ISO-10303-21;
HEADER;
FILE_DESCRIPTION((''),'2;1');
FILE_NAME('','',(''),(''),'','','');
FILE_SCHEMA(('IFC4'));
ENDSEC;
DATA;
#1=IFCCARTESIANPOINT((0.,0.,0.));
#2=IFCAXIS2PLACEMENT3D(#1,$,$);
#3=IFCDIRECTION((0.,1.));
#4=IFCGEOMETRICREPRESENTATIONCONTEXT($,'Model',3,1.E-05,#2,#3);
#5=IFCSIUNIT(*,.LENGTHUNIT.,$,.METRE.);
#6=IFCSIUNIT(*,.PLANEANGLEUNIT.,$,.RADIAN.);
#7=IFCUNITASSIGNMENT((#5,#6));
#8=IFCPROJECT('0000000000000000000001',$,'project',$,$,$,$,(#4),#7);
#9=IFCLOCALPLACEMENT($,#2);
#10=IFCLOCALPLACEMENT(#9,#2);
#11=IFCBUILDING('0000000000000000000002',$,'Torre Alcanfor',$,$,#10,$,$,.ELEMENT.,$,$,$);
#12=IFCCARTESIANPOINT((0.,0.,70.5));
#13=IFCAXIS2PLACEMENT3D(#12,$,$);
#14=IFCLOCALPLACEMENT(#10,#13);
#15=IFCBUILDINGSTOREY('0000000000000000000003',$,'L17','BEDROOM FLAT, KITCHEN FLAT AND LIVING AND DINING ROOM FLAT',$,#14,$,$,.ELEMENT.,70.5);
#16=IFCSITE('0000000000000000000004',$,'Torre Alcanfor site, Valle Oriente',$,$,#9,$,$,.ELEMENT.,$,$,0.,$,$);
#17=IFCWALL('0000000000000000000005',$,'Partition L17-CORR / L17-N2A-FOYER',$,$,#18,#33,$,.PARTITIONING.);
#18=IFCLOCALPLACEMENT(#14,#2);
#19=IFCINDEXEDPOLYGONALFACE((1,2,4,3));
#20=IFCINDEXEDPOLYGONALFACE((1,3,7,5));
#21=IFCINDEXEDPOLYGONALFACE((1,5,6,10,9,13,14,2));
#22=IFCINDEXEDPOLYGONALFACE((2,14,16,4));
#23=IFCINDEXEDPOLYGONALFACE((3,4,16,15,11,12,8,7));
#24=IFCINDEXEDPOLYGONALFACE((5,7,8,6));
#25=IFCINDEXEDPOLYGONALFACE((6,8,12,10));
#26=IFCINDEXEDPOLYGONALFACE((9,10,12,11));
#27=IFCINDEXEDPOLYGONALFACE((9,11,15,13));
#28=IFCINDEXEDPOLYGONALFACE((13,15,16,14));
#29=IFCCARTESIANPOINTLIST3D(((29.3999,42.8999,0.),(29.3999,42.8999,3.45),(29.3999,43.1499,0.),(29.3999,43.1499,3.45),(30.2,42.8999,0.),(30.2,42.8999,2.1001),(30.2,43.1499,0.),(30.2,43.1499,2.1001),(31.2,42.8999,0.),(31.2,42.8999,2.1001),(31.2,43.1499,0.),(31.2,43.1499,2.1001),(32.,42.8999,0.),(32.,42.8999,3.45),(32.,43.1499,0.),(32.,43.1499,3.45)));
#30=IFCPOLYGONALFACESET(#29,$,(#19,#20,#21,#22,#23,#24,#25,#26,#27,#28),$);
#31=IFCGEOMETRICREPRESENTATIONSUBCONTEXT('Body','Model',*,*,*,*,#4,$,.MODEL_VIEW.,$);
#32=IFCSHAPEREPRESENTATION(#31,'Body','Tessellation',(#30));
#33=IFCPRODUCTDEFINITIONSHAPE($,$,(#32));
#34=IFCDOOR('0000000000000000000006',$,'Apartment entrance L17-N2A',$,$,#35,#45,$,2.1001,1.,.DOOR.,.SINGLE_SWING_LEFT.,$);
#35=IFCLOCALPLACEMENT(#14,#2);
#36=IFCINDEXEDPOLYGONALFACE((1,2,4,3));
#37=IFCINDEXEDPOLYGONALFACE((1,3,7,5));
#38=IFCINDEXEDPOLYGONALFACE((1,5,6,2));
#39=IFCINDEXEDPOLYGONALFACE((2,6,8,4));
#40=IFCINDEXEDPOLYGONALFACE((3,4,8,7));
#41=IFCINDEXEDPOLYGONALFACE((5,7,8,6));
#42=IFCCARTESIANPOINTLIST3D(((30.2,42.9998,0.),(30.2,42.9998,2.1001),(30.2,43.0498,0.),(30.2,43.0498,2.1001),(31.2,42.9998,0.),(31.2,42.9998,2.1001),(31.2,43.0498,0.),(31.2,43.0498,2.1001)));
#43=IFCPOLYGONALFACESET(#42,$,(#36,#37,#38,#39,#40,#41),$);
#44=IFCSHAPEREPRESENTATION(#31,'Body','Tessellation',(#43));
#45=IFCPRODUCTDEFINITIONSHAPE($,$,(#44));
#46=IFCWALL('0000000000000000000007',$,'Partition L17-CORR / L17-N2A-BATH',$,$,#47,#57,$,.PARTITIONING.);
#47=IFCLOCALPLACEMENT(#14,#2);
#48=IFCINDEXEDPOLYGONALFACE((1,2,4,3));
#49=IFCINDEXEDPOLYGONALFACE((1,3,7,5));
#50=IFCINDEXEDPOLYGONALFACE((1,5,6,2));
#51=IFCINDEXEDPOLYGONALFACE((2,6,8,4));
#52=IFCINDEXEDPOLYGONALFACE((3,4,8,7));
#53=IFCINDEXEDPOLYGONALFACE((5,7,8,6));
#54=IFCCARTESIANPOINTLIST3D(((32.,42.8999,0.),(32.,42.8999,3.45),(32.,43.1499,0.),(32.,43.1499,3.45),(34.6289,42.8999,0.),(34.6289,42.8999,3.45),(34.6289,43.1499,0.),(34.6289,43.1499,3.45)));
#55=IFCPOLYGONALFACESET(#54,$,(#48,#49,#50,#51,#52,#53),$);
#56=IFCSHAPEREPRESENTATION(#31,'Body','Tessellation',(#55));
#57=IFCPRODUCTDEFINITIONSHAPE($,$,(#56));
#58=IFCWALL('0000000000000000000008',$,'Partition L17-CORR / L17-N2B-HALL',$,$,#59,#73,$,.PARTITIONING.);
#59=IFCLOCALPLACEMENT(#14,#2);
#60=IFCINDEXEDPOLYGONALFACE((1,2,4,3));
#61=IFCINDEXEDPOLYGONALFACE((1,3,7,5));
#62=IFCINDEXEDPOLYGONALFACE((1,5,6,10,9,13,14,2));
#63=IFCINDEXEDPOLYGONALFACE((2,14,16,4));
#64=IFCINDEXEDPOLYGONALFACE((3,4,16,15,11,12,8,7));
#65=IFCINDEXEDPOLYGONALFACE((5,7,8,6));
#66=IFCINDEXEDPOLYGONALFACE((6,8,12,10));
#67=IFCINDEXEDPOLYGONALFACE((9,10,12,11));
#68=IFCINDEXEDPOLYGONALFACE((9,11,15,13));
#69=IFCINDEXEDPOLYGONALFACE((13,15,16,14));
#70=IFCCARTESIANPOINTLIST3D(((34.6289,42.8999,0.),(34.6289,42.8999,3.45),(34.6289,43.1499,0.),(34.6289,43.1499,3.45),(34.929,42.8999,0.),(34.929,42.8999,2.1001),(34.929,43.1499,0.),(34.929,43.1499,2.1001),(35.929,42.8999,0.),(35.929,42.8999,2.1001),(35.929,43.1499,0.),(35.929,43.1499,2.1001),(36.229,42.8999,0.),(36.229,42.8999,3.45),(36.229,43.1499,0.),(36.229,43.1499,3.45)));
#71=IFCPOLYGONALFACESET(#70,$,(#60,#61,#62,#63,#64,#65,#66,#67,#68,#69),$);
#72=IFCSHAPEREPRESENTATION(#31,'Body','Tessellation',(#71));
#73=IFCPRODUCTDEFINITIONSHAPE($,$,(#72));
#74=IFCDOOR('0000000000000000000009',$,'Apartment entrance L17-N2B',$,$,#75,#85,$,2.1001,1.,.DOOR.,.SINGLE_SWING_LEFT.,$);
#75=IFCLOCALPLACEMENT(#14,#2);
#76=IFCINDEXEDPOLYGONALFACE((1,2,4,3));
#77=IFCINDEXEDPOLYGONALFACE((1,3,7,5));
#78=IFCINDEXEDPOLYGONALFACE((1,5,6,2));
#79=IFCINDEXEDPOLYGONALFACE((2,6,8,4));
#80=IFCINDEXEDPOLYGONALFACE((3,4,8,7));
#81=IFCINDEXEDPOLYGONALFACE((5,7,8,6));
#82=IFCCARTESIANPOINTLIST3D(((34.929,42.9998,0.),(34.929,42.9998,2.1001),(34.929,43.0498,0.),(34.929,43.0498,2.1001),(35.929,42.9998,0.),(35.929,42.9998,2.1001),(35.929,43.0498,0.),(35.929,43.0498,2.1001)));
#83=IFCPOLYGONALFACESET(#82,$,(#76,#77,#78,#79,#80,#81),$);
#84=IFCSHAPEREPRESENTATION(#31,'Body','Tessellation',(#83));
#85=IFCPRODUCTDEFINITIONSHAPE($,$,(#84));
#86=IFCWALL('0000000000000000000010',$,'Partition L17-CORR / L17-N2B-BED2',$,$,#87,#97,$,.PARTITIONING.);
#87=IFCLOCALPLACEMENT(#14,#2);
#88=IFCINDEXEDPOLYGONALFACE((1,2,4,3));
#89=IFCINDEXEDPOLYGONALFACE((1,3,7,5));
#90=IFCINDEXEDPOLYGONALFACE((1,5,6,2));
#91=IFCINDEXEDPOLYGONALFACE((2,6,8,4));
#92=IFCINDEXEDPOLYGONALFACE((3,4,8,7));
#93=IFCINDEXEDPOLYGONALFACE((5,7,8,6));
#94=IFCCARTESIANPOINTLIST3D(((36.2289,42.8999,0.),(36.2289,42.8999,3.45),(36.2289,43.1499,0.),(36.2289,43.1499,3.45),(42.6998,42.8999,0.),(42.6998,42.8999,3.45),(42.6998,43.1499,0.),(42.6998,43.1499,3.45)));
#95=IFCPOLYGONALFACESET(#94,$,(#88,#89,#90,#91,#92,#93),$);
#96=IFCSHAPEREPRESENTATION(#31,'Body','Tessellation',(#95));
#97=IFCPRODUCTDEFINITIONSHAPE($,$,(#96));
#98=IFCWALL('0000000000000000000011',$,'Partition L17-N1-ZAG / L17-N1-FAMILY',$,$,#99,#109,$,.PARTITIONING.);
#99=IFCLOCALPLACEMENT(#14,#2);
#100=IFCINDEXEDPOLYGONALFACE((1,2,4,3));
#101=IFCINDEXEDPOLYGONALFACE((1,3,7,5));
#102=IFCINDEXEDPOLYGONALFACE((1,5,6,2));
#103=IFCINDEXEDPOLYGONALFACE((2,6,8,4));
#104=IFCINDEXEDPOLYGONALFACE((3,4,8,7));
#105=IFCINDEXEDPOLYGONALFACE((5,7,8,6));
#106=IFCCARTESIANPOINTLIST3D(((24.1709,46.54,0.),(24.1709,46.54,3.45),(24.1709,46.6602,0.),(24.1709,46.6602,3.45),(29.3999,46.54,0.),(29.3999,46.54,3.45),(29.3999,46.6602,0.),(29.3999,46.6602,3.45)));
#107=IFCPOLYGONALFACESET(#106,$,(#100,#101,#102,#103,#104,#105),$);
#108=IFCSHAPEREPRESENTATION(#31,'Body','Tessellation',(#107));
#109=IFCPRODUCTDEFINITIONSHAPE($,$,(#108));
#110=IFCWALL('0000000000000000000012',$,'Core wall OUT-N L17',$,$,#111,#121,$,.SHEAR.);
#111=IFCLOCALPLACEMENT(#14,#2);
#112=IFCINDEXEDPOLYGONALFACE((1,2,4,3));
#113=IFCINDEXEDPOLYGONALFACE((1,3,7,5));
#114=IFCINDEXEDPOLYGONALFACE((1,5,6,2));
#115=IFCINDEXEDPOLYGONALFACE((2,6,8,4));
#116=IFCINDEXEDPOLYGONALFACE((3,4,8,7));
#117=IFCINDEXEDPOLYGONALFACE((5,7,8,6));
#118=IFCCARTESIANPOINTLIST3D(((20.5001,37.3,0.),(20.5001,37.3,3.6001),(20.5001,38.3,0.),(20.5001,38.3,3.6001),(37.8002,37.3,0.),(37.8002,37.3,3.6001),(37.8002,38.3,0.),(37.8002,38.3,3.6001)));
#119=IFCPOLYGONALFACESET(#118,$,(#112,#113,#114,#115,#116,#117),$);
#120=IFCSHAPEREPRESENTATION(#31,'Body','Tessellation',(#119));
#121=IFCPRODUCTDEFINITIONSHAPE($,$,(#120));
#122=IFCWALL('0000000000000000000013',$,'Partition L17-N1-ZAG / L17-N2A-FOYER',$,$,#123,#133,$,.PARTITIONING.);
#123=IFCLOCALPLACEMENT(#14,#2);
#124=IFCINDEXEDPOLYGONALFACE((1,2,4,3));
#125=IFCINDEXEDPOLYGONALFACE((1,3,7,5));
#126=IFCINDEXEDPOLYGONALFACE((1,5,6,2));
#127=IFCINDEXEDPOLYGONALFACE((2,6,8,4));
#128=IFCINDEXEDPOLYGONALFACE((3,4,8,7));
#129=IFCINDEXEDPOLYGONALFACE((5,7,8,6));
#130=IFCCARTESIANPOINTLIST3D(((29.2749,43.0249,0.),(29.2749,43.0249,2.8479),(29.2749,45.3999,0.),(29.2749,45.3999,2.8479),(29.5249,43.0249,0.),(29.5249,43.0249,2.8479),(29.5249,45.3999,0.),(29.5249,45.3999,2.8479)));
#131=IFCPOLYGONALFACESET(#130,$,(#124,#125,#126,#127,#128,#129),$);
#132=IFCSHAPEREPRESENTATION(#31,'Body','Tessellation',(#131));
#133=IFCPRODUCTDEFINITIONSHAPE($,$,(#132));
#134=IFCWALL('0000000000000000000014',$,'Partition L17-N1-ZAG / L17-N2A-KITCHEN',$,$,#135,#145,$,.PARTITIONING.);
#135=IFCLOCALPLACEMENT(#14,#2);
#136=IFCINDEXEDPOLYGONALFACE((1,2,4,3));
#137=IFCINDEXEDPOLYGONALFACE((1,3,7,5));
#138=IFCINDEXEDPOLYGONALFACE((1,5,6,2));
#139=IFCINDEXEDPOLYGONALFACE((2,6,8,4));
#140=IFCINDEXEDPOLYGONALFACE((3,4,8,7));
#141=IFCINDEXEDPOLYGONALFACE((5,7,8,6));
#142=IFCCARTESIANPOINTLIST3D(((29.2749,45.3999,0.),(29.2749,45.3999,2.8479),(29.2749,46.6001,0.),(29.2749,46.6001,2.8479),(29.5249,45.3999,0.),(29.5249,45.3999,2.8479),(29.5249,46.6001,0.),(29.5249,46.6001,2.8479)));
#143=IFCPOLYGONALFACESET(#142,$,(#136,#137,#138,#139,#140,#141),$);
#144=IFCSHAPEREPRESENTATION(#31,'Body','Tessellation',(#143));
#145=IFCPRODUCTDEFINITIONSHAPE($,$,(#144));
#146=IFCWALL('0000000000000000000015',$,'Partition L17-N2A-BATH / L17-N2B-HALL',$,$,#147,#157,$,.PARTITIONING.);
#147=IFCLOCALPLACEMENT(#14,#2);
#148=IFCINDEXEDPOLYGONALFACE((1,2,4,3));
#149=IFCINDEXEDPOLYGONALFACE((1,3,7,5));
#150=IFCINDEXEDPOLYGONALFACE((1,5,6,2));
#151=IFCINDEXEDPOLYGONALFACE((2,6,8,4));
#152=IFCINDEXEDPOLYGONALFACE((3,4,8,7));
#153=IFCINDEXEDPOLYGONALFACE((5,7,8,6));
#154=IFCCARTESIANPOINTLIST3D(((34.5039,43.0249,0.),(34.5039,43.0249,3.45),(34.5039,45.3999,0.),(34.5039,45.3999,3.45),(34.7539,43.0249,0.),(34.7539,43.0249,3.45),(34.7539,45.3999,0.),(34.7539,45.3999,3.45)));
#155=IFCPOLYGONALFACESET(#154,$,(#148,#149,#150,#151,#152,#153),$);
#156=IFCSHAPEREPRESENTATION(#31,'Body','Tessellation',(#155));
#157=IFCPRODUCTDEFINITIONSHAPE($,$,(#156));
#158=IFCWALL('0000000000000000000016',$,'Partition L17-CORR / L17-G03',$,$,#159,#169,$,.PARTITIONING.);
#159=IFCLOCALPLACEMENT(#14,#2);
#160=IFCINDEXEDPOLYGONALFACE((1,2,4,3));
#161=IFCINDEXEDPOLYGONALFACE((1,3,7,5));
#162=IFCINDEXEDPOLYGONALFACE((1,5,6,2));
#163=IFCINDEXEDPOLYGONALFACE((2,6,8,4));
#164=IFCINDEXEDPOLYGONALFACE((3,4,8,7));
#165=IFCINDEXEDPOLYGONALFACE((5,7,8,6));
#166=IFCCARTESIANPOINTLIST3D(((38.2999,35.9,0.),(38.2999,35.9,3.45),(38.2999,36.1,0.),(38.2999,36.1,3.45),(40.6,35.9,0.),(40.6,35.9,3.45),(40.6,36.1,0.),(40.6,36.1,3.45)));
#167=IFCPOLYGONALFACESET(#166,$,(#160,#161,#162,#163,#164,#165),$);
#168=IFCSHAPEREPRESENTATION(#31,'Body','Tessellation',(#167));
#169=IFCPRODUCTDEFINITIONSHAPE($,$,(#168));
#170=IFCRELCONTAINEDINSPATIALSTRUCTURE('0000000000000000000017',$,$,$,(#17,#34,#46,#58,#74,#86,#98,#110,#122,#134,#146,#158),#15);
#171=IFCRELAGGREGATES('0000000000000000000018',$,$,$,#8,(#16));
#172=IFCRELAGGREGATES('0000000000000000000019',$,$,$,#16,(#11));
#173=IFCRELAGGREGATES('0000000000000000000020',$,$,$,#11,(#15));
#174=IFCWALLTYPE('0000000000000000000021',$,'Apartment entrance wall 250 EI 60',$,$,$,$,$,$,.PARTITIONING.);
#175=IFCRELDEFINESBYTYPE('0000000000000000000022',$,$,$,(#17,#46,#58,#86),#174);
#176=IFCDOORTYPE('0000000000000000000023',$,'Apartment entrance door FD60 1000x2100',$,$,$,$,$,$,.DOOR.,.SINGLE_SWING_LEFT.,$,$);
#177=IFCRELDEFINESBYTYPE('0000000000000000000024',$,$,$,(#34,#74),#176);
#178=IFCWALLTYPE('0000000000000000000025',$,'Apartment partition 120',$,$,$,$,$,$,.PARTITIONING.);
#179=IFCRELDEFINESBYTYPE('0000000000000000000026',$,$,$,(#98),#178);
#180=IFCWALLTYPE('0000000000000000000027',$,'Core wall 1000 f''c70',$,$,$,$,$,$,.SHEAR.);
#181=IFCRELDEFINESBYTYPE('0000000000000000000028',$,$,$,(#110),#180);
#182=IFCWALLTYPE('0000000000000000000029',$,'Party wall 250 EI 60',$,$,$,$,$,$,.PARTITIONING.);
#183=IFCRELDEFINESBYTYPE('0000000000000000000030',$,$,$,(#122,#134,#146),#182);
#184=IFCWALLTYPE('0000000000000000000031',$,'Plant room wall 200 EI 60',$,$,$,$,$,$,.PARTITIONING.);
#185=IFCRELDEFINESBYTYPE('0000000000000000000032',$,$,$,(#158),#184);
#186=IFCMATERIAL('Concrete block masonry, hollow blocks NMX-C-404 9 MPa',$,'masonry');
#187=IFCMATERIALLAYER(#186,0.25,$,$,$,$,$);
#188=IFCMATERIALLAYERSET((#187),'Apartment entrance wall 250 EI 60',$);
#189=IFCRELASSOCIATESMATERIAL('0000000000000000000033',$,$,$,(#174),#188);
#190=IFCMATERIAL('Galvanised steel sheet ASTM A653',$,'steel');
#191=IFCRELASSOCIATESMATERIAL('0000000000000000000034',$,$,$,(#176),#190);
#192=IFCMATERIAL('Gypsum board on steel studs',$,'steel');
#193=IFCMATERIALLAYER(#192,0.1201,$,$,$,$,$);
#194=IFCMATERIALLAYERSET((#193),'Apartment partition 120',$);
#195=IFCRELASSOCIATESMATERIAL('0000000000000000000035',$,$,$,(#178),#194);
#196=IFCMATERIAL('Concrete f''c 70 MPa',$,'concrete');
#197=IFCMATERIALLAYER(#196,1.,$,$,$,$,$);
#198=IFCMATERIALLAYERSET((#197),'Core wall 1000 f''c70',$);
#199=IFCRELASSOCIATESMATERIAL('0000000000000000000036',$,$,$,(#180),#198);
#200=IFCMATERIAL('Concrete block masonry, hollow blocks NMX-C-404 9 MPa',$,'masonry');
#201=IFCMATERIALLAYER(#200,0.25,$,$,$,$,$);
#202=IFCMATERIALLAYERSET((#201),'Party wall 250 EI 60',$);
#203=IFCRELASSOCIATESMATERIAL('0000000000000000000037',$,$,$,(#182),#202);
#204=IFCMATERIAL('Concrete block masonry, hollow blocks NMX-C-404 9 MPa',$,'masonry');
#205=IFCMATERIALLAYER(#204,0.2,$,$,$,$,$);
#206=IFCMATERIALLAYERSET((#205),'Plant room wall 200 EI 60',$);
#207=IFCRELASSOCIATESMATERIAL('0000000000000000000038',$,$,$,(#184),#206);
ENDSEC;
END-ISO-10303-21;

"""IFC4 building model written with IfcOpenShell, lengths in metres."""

from ifc_helpers import new_model, si_unit, direction, frame, frame_2d, origin, place, context, subcontext, project, spatial, rectangle, extrude, material, layer, layer_set, type_object, element, fill, save


model = new_model("IFC4")

# Units and contexts
model_context = context("Model", 3, precision=1e-05, world=origin(), true_north=direction((0.0, 1.0)))
body_context = subcontext(model_context, "Body", "Model", "MODEL_VIEW")
ifc_project = project(units=[si_unit("LENGTHUNIT", "METRE"), si_unit("PLANEANGLEUNIT", "RADIAN")], contexts=[model_context])

# Site, building, storey
site_placement = place(None, origin())
site = spatial("IfcSite", under=ifc_project, at=site_placement, Name="Torre Alcanfor site, Valle Oriente", CompositionType="ELEMENT", RefElevation=0.0)
building_placement = place(site_placement, origin())
building = spatial("IfcBuilding", under=site, at=building_placement, Name="Torre Alcanfor", CompositionType="ELEMENT")
storey_placement = place(building_placement, frame((0.0, 0.0, 70.5)))
storey = spatial("IfcBuildingStorey", under=building, at=storey_placement, Name="L17", Description="BEDROOM FLAT, KITCHEN FLAT AND LIVING AND DINING ROOM FLAT", CompositionType="ELEMENT", Elevation=70.5)

# Wall, opening, door
ifc_material_1 = material(Name="Concrete block masonry, hollow blocks NMX-C-404 9 MPa", Category="masonry")
ifc_layer_1 = layer(ifc_material_1, 0.25)
ifc_layer_set_1 = layer_set([ifc_layer_1], Name="Apartment entrance wall 250 EI 60")
wall_type_1 = type_object("IfcWallType", Name="Apartment entrance wall 250 EI 60", PredefinedType="PARTITIONING", material=ifc_layer_set_1)
wall_1_placement = place(storey_placement, frame((29.3999, 43.0249, 0.0), z_axis=(0.0, 0.0, 1.0), x_axis=(1.0, 0.0, 0.0)))
wall_1 = element("IfcWall", 1, at=wall_1_placement, inside=storey, type_object=wall_type_1, Name="Partition L17-CORR / L17-N2A-FOYER", PredefinedType="PARTITIONING", context=body_context, shape_type="SweptSolid", body=[
    extrude(rectangle(XDim=2.6001, YDim=0.25, at=frame_2d((1.3, 0.0))), origin(), (0.0, 0.0, 1.0), 3.45),
])
opening_1_placement = place(wall_1_placement, frame((0.8, 0.0, 0.0)))
opening_1 = element("IfcOpeningElement", 2, at=opening_1_placement, cuts=wall_1, PredefinedType="OPENING", context=body_context, shape_type="SweptSolid", body=[
    extrude(rectangle(XDim=1.0, YDim=2.1001, at=frame_2d((0.5, 1.05))), frame((0.0, 0.135, 0.0), z_axis=(0.0, -1.0, 0.0), x_axis=(1.0, 0.0, 0.0)), (0.0, 0.0, 1.0), 0.27),
])
ifc_material_2 = material(Name="Galvanised steel sheet ASTM A653", Category="steel")
door_type_1 = type_object("IfcDoorType", Name="Apartment entrance door FD60 1000x2100", OperationType="SINGLE_SWING_LEFT", PredefinedType="DOOR", material=ifc_material_2)
door_1_placement = place(opening_1_placement, origin())
door_1 = element("IfcDoor", 3, at=door_1_placement, inside=storey, type_object=door_type_1, Name="Apartment entrance L17-N2A", OperationType="SINGLE_SWING_LEFT", OverallHeight=2.1001, OverallWidth=1.0, PredefinedType="DOOR", context=body_context, shape_type="SweptSolid", body=[
    extrude(rectangle(XDim=1.0, YDim=2.1001, at=frame_2d((0.5, 1.05))), frame((0.0, 0.0249, 0.0), z_axis=(0.0, -1.0, 0.0), x_axis=(1.0, 0.0, 0.0)), (0.0, 0.0, 1.0), 0.05),
])
fill(opening_1, door_1)

# Wall
wall_2_placement = place(storey_placement, frame((32.0, 43.0249, 0.0), z_axis=(0.0, 0.0, 1.0), x_axis=(1.0, 0.0, 0.0)))
element("IfcWall", 4, at=wall_2_placement, inside=storey, type_object=wall_type_1, Name="Partition L17-CORR / L17-N2A-BATH", PredefinedType="PARTITIONING", context=body_context, shape_type="SweptSolid", body=[
    extrude(rectangle(XDim=2.6289, YDim=0.25, at=frame_2d((1.3145, 0.0))), origin(), (0.0, 0.0, 1.0), 3.45),
])

# Wall, opening, door
wall_3_placement = place(storey_placement, frame((34.6289, 43.0249, 0.0), z_axis=(0.0, 0.0, 1.0), x_axis=(1.0, 0.0, 0.0)))
wall_3 = element("IfcWall", 5, at=wall_3_placement, inside=storey, type_object=wall_type_1, Name="Partition L17-CORR / L17-N2B-HALL", PredefinedType="PARTITIONING", context=body_context, shape_type="SweptSolid", body=[
    extrude(rectangle(XDim=1.6001, YDim=0.25, at=frame_2d((0.8, 0.0))), origin(), (0.0, 0.0, 1.0), 3.45),
])
opening_2_placement = place(wall_3_placement, frame((0.3, 0.0, 0.0)))
opening_2 = element("IfcOpeningElement", 6, at=opening_2_placement, cuts=wall_3, PredefinedType="OPENING", context=body_context, shape_type="SweptSolid", body=[
    extrude(rectangle(XDim=1.0, YDim=2.1001, at=frame_2d((0.5, 1.05))), frame((0.0, 0.135, 0.0), z_axis=(0.0, -1.0, 0.0), x_axis=(1.0, 0.0, 0.0)), (0.0, 0.0, 1.0), 0.27),
])
door_2_placement = place(opening_2_placement, origin())
door_2 = element("IfcDoor", 7, at=door_2_placement, inside=storey, type_object=door_type_1, Name="Apartment entrance L17-N2B", OperationType="SINGLE_SWING_LEFT", OverallHeight=2.1001, OverallWidth=1.0, PredefinedType="DOOR", context=body_context, shape_type="SweptSolid", body=[
    extrude(rectangle(XDim=1.0, YDim=2.1001, at=frame_2d((0.5, 1.05))), frame((0.0, 0.0249, 0.0), z_axis=(0.0, -1.0, 0.0), x_axis=(1.0, 0.0, 0.0)), (0.0, 0.0, 1.0), 0.05),
])
fill(opening_2, door_2)

# Walls
wall_4_placement = place(storey_placement, frame((36.229, 43.0249, 0.0), z_axis=(0.0, 0.0, 1.0), x_axis=(1.0, 0.0, 0.0)))
element("IfcWall", 8, at=wall_4_placement, inside=storey, type_object=wall_type_1, Name="Partition L17-CORR / L17-N2B-BED2", PredefinedType="PARTITIONING", context=body_context, shape_type="SweptSolid", body=[
    extrude(rectangle(XDim=6.4709, YDim=0.25, at=frame_2d((3.2354, 0.0))), origin(), (0.0, 0.0, 1.0), 3.45),
])
ifc_material_3 = material(Name="Gypsum board on steel studs", Category="steel")
ifc_layer_2 = layer(ifc_material_3, 0.1201)
ifc_layer_set_2 = layer_set([ifc_layer_2], Name="Apartment partition 120")
wall_type_2 = type_object("IfcWallType", Name="Apartment partition 120", PredefinedType="PARTITIONING", material=ifc_layer_set_2)
wall_5_placement = place(storey_placement, frame((29.3999, 46.6001, 0.0), z_axis=(0.0, 0.0, 1.0), x_axis=(-1.0, 0.0, 0.0)))
element("IfcWall", 9, at=wall_5_placement, inside=storey, type_object=wall_type_2, Name="Partition L17-N1-ZAG / L17-N1-FAMILY", PredefinedType="PARTITIONING", context=body_context, shape_type="SweptSolid", body=[
    extrude(rectangle(XDim=5.229, YDim=0.1201, at=frame_2d((2.6145, 0.0))), origin(), (0.0, 0.0, 1.0), 3.45),
])
ifc_material_4 = material(Name="Concrete f'c 70 MPa", Category="concrete")
ifc_layer_3 = layer(ifc_material_4, 1.0)
ifc_layer_set_3 = layer_set([ifc_layer_3], Name="Core wall 1000 f'c70")
wall_type_3 = type_object("IfcWallType", Name="Core wall 1000 f'c70", PredefinedType="SHEAR", material=ifc_layer_set_3)
wall_6_placement = place(storey_placement, frame((37.8, 37.8, 0.0), z_axis=(0.0, 0.0, 1.0), x_axis=(-1.0, 0.0, 0.0)))
element("IfcWall", 10, at=wall_6_placement, inside=storey, type_object=wall_type_3, Name="Core wall OUT-N L17", PredefinedType="SHEAR", context=body_context, shape_type="SweptSolid", body=[
    extrude(rectangle(XDim=17.3, YDim=1.0, at=frame_2d((8.6499, 0.0))), origin(), (0.0, 0.0, 1.0), 3.6001),
])
ifc_material_5 = material(Name="Concrete block masonry, hollow blocks NMX-C-404 9 MPa", Category="masonry")
ifc_layer_4 = layer(ifc_material_5, 0.25)
ifc_layer_set_4 = layer_set([ifc_layer_4], Name="Party wall 250 EI 60")
wall_type_4 = type_object("IfcWallType", Name="Party wall 250 EI 60", PredefinedType="PARTITIONING", material=ifc_layer_set_4)
wall_7_placement = place(storey_placement, frame((29.3999, 43.0249, 0.0), z_axis=(0.0, 0.0, 1.0), x_axis=(0.0, 1.0, 0.0)))
element("IfcWall", 11, at=wall_7_placement, inside=storey, type_object=wall_type_4, Name="Partition L17-N1-ZAG / L17-N2A-FOYER", PredefinedType="PARTITIONING", context=body_context, shape_type="SweptSolid", body=[
    extrude(rectangle(XDim=2.375, YDim=0.25, at=frame_2d((1.1875, 0.0))), origin(), (0.0, 0.0, 1.0), 2.8479),
])
wall_8_placement = place(storey_placement, frame((29.3999, 45.3999, 0.0), z_axis=(0.0, 0.0, 1.0), x_axis=(0.0, 1.0, 0.0)))
element("IfcWall", 12, at=wall_8_placement, inside=storey, type_object=wall_type_4, Name="Partition L17-N1-ZAG / L17-N2A-KITCHEN", PredefinedType="PARTITIONING", context=body_context, shape_type="SweptSolid", body=[
    extrude(rectangle(XDim=1.2002, YDim=0.25, at=frame_2d((0.6001, 0.0))), origin(), (0.0, 0.0, 1.0), 2.8479),
])
wall_9_placement = place(storey_placement, frame((34.6289, 45.3999, 0.0), z_axis=(0.0, 0.0, 1.0), x_axis=(0.0, -1.0, 0.0)))
element("IfcWall", 13, at=wall_9_placement, inside=storey, type_object=wall_type_4, Name="Partition L17-N2A-BATH / L17-N2B-HALL", PredefinedType="PARTITIONING", context=body_context, shape_type="SweptSolid", body=[
    extrude(rectangle(XDim=2.375, YDim=0.25, at=frame_2d((1.1875, 0.0))), origin(), (0.0, 0.0, 1.0), 3.45),
])
ifc_material_6 = material(Name="Concrete block masonry, hollow blocks NMX-C-404 9 MPa", Category="masonry")
ifc_layer_5 = layer(ifc_material_6, 0.2)
ifc_layer_set_5 = layer_set([ifc_layer_5], Name="Plant room wall 200 EI 60")
wall_type_5 = type_object("IfcWallType", Name="Plant room wall 200 EI 60", PredefinedType="PARTITIONING", material=ifc_layer_set_5)
wall_10_placement = place(storey_placement, frame((38.3, 36.0, 0.0), z_axis=(0.0, 0.0, 1.0), x_axis=(1.0, 0.0, 0.0)))
element("IfcWall", 14, at=wall_10_placement, inside=storey, type_object=wall_type_5, Name="Partition L17-CORR / L17-G03", PredefinedType="PARTITIONING", context=body_context, shape_type="SweptSolid", body=[
    extrude(rectangle(XDim=2.3, YDim=0.2, at=frame_2d((1.1499, 0.0))), origin(), (0.0, 0.0, 1.0), 3.45),
])

save(model, "model.ifc")
